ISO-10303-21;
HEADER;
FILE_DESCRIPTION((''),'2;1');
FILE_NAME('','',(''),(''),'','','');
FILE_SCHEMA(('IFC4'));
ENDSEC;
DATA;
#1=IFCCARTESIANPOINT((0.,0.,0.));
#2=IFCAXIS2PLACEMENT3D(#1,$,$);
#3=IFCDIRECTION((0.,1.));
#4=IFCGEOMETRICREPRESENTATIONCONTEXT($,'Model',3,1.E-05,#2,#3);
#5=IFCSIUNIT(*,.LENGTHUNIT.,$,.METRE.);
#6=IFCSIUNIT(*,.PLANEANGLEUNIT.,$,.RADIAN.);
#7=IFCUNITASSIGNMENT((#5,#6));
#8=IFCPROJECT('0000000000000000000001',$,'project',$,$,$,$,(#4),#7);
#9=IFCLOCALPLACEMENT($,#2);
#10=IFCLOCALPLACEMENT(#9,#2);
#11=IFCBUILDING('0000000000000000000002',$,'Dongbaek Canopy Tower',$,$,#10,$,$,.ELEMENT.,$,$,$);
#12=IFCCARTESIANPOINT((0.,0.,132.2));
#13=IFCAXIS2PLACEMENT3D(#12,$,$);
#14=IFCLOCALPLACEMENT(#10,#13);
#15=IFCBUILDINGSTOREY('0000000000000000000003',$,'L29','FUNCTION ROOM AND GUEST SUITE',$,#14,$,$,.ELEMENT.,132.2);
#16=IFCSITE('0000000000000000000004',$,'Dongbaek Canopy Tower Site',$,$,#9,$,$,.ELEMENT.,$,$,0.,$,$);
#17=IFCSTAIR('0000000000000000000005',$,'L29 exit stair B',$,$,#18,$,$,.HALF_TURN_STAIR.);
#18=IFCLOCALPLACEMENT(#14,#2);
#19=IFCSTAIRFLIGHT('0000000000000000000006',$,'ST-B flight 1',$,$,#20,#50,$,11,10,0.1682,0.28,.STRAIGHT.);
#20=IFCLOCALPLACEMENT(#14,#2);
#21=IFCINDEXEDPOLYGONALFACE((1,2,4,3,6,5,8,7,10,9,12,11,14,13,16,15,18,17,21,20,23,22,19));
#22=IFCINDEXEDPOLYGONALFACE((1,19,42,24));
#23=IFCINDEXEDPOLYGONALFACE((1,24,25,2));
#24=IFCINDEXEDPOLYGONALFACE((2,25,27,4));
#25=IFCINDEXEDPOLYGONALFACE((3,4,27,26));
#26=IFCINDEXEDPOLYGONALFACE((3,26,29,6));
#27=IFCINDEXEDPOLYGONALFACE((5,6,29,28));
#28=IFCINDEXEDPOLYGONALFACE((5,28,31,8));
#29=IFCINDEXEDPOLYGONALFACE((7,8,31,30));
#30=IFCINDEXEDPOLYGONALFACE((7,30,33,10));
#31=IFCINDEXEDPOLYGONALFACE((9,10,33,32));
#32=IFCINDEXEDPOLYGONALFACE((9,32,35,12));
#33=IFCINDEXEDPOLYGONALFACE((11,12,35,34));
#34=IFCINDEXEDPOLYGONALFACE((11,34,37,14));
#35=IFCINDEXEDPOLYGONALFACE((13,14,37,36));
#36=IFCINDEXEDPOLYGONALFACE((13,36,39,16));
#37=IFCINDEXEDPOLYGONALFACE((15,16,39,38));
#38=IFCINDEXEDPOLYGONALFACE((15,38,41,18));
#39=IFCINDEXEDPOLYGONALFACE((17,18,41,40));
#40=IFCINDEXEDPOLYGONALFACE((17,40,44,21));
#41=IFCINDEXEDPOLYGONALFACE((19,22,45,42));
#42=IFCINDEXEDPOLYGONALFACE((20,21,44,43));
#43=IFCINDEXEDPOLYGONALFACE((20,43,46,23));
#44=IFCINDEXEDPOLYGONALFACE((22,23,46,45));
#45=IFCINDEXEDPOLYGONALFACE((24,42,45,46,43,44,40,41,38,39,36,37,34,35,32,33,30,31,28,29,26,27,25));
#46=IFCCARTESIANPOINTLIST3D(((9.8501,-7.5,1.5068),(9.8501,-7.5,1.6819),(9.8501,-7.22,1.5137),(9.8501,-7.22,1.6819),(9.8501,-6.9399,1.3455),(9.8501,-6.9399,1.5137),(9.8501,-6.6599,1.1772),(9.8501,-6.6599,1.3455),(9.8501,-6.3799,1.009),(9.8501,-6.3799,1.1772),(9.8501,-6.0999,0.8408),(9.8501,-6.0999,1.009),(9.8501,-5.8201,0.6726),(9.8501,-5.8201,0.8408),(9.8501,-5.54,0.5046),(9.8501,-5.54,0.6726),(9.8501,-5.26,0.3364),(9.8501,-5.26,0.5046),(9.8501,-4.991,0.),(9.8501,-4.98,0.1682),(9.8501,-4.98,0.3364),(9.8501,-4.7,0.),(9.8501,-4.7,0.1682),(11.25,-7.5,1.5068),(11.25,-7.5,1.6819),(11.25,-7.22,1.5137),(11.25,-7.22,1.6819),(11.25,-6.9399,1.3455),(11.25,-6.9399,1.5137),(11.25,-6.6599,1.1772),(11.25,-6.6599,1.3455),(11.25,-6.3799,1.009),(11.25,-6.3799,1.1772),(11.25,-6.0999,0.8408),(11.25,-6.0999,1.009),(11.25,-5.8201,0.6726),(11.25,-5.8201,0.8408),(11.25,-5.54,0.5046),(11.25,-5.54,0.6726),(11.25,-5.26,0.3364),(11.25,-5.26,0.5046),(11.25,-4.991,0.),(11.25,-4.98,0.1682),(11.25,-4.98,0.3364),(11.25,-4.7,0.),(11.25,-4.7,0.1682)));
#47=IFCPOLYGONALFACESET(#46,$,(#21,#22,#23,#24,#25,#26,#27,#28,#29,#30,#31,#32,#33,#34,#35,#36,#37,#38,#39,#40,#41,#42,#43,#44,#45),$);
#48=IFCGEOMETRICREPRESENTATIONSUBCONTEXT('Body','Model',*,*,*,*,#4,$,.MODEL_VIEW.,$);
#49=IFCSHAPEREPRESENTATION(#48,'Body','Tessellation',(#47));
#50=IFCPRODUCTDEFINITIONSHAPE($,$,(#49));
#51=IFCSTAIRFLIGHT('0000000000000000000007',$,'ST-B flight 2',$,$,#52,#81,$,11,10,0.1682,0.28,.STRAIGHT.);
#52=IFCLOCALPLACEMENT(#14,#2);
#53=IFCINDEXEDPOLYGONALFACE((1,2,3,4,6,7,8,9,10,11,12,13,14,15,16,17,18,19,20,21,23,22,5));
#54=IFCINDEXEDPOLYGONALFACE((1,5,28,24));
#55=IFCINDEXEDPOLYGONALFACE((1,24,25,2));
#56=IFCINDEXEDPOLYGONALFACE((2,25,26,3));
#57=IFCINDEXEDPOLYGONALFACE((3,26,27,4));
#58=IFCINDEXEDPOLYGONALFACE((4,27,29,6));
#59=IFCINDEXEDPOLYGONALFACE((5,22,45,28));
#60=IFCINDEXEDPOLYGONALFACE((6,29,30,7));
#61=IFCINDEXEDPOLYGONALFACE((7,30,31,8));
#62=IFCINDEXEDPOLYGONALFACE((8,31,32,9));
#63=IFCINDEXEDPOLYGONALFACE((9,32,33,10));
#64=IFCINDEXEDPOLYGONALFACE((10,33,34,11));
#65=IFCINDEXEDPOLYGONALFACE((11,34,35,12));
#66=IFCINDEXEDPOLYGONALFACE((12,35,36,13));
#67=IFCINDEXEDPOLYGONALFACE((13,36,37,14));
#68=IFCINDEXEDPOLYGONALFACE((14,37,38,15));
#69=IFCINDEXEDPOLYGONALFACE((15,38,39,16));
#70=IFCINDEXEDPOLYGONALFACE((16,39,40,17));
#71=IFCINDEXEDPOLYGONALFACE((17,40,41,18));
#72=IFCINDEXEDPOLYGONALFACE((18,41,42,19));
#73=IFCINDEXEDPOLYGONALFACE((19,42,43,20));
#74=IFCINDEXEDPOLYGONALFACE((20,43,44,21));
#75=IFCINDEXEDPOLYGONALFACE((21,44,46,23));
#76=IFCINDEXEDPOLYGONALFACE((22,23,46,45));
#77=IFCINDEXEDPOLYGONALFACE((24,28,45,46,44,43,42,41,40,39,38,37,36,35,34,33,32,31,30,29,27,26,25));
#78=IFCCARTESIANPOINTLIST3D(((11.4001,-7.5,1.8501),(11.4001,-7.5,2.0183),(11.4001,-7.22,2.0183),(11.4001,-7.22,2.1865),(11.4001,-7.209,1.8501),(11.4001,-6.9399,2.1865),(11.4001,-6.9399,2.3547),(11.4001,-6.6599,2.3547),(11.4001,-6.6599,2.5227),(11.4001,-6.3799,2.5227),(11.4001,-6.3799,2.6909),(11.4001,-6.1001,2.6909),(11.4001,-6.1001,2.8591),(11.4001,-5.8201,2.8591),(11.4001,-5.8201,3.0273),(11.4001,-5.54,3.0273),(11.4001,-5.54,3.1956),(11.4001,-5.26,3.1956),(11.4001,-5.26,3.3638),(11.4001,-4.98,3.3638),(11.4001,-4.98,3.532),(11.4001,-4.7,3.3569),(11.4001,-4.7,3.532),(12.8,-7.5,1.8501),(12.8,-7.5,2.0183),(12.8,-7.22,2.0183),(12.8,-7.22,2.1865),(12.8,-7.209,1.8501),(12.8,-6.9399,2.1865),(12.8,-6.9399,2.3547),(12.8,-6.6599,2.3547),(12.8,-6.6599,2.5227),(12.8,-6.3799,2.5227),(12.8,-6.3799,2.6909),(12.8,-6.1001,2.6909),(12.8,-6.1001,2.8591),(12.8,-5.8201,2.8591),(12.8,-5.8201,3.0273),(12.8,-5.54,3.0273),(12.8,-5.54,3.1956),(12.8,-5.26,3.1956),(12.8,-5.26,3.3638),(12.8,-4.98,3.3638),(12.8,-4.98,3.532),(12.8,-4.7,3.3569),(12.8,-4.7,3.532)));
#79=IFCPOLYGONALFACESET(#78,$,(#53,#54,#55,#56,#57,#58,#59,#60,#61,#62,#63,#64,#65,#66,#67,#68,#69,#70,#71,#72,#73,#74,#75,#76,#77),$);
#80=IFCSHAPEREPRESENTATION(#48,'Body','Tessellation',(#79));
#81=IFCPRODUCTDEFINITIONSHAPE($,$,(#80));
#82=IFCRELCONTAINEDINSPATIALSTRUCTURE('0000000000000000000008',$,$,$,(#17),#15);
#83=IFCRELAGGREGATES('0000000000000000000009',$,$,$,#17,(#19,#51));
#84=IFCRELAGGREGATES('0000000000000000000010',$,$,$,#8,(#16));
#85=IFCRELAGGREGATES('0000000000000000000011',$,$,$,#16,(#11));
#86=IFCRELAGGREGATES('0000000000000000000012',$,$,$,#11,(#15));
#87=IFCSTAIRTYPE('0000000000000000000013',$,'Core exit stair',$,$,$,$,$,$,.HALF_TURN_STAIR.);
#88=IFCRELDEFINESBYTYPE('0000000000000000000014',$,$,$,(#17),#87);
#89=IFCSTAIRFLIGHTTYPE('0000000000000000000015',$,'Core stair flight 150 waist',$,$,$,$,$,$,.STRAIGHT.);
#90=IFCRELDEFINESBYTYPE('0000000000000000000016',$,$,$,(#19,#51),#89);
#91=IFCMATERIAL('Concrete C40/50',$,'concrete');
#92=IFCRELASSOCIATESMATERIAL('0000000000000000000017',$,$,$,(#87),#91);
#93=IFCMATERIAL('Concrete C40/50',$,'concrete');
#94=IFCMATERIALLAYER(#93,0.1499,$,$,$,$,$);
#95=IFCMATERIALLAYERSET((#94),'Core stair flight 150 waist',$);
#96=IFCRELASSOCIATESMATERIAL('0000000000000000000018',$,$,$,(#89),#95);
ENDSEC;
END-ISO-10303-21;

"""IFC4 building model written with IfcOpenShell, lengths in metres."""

from ifc_helpers import new_model, si_unit, direction, frame, origin, place, context, subcontext, project, spatial, polyline, outline, extrude, material, layer, layer_set, type_object, element, aggregate, save


model = new_model("IFC4")

# Units and contexts
model_context = context("Model", 3, precision=1e-05, world=origin(), true_north=direction((0.0, 1.0)))
body_context = subcontext(model_context, "Body", "Model", "MODEL_VIEW")
ifc_project = project(units=[si_unit("LENGTHUNIT", "METRE"), si_unit("PLANEANGLEUNIT", "RADIAN")], contexts=[model_context])

# Site, building, storey
site_placement = place(None, origin())
site = spatial("IfcSite", under=ifc_project, at=site_placement, Name="Dongbaek Canopy Tower Site", CompositionType="ELEMENT", RefElevation=0.0)
building_placement = place(site_placement, origin())
building = spatial("IfcBuilding", under=site, at=building_placement, Name="Dongbaek Canopy Tower", CompositionType="ELEMENT")
storey_placement = place(building_placement, frame((0.0, 0.0, 132.2)))
storey = spatial("IfcBuildingStorey", under=building, at=storey_placement, Name="L29", Description="FUNCTION ROOM AND GUEST SUITE", CompositionType="ELEMENT", Elevation=132.2)

# Stair, stair flights
ifc_material_1 = material(Name="Concrete C40/50", Category="concrete")
stair_type = type_object("IfcStairType", Name="Core exit stair", PredefinedType="HALF_TURN_STAIR", material=ifc_material_1)
stair_placement = place(storey_placement, origin())
stair = element("IfcStair", 1, at=stair_placement, inside=storey, type_object=stair_type, Name="L29 exit stair B", PredefinedType="HALF_TURN_STAIR")
ifc_material_2 = material(Name="Concrete C40/50", Category="concrete")
ifc_layer_1 = layer(ifc_material_2, 0.1499)
ifc_layer_set_1 = layer_set([ifc_layer_1], Name="Core stair flight 150 waist")
stair_flight_type = type_object("IfcStairFlightType", Name="Core stair flight 150 waist", PredefinedType="STRAIGHT", material=ifc_layer_set_1)
stair_flight_1_placement = place(storey_placement, frame((10.55, -4.7, 0.0), z_axis=(0.0, 0.0, 1.0), x_axis=(0.0, -1.0, 0.0)))
stair_flight_1 = element("IfcStairFlight", 2, at=stair_flight_1_placement, type_object=stair_flight_type, Name="ST-B flight 1", NumberOfRisers=11, NumberOfTreads=10, PredefinedType="STRAIGHT", RiserHeight=0.1682, TreadLength=0.28, context=body_context, shape_type="SweptSolid", body=[
    extrude(outline(polyline([(0.0, 0.0), (0.0, 0.1682), (0.28, 0.1682), (0.28, 0.3364), (0.5601, 0.3364), (0.5601, 0.5046), (0.8401, 0.5046), (0.8401, 0.6726), (1.1201, 0.6726), (1.1201, 0.8408), (1.3999, 0.8408), (1.3999, 1.009), (1.6799, 1.009), (1.6799, 1.1772), (1.96, 1.1772), (1.96, 1.3455), (2.24, 1.3455), (2.24, 1.5137), (2.52, 1.5137), (2.52, 1.6819), (2.8, 1.6819), (2.8, 1.8501), (2.8, 1.5068), (0.291, 0.0), (0.0, 0.0)])), frame((0.0, 0.7, 0.0), z_axis=(0.0, -1.0, 0.0), x_axis=(1.0, 0.0, 0.0)), (0.0, 0.0, 1.0), 1.3999),
])
stair_flight_2_placement = place(storey_placement, frame((12.1001, -7.5, 1.8501), z_axis=(0.0, 0.0, 1.0), x_axis=(0.0, 1.0, 0.0)))
stair_flight_2 = element("IfcStairFlight", 3, at=stair_flight_2_placement, type_object=stair_flight_type, Name="ST-B flight 2", NumberOfRisers=11, NumberOfTreads=10, PredefinedType="STRAIGHT", RiserHeight=0.1682, TreadLength=0.28, context=body_context, shape_type="SweptSolid", body=[
    extrude(outline(polyline([(0.0, 0.0), (0.0, 0.1682), (0.28, 0.1682), (0.28, 0.3364), (0.5601, 0.3364), (0.5601, 0.5046), (0.8401, 0.5046), (0.8401, 0.6726), (1.1201, 0.6726), (1.1201, 0.8408), (1.3999, 0.8408), (1.3999, 1.009), (1.6799, 1.009), (1.6799, 1.1772), (1.96, 1.1772), (1.96, 1.3455), (2.24, 1.3455), (2.24, 1.5137), (2.52, 1.5137), (2.52, 1.6819), (2.8, 1.6819), (2.8, 1.8501), (2.8, 1.5068), (0.291, 0.0), (0.0, 0.0)])), frame((0.0, 0.7, 0.0), z_axis=(0.0, -1.0, 0.0), x_axis=(1.0, 0.0, 0.0)), (0.0, 0.0, 1.0), 1.3999),
])
aggregate(stair, [stair_flight_1, stair_flight_2])

save(model, "model.ifc")
